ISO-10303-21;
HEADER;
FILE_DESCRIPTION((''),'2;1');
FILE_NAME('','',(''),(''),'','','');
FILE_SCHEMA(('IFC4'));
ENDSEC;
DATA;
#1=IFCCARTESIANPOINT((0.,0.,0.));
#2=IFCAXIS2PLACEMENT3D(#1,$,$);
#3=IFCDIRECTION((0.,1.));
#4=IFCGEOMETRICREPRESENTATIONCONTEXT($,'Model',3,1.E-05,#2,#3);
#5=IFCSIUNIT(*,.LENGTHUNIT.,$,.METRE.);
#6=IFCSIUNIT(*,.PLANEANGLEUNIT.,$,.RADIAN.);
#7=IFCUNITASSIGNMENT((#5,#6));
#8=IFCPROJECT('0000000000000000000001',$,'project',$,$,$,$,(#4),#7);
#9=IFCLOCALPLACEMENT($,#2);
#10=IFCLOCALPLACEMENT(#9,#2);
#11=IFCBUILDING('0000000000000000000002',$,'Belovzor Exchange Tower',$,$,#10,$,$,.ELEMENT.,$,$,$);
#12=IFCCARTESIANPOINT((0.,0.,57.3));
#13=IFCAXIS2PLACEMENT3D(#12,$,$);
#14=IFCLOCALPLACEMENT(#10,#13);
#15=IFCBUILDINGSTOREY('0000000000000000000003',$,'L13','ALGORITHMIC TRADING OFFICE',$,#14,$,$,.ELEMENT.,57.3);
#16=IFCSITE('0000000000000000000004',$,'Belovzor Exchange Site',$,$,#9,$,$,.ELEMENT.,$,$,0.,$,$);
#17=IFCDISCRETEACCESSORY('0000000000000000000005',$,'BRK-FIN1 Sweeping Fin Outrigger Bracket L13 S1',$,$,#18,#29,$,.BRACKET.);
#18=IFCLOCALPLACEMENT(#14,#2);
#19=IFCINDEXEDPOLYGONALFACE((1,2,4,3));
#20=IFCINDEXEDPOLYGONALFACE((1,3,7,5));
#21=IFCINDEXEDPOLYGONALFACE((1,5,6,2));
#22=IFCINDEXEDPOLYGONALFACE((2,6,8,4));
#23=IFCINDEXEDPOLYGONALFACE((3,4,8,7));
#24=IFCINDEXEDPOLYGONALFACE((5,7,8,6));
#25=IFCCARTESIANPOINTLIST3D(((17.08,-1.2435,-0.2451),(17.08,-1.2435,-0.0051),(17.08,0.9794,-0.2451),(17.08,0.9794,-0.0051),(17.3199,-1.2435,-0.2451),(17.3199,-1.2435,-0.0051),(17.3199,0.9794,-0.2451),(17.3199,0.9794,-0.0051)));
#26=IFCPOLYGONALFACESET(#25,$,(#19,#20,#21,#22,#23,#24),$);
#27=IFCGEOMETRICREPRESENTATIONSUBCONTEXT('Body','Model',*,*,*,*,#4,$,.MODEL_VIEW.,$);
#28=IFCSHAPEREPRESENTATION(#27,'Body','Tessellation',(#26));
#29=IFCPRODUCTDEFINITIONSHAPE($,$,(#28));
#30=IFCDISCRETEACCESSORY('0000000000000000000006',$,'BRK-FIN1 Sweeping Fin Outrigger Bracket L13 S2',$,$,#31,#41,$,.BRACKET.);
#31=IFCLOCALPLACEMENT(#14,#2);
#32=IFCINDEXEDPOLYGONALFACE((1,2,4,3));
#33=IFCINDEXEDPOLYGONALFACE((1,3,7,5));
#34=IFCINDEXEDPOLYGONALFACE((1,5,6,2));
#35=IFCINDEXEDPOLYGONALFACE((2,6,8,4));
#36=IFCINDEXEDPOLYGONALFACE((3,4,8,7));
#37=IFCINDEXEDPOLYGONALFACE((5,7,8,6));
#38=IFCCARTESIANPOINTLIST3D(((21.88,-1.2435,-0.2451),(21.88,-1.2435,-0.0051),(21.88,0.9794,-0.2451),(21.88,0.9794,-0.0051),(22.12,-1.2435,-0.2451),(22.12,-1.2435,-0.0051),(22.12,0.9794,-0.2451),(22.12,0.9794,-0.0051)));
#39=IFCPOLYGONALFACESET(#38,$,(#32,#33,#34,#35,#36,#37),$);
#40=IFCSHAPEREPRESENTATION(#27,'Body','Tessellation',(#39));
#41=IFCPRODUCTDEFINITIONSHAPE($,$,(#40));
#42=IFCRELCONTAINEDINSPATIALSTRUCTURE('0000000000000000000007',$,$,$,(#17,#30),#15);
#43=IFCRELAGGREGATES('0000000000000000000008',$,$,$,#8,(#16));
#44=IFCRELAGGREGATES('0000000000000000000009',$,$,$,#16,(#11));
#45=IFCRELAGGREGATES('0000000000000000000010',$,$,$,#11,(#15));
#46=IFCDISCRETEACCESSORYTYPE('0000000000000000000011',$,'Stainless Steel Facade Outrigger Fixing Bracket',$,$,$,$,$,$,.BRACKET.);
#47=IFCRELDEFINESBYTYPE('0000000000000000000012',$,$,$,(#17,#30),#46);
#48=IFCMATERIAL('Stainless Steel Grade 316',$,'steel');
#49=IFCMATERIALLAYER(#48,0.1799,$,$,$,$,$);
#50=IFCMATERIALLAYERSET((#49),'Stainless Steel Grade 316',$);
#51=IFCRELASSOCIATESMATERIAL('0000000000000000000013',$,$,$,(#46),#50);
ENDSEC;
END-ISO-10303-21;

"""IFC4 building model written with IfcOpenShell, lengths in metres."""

from ifc_helpers import new_model, si_unit, direction, frame, origin, origin_2d, place, context, subcontext, project, spatial, rectangle, extrude, material, layer, layer_set, type_object, element, save


model = new_model("IFC4")

# Units and contexts
model_context = context("Model", 3, precision=1e-05, world=origin(), true_north=direction((0.0, 1.0)))
body_context = subcontext(model_context, "Body", "Model", "MODEL_VIEW")
ifc_project = project(units=[si_unit("LENGTHUNIT", "METRE"), si_unit("PLANEANGLEUNIT", "RADIAN")], contexts=[model_context])

# Site, building, storey
site_placement = place(None, origin())
site = spatial("IfcSite", under=ifc_project, at=site_placement, Name="Belovzor Exchange Site", CompositionType="ELEMENT", RefElevation=0.0)
building_placement = place(site_placement, origin())
building = spatial("IfcBuilding", under=site, at=building_placement, Name="Belovzor Exchange Tower", CompositionType="ELEMENT")
storey_placement = place(building_placement, frame((0.0, 0.0, 57.3)))
storey = spatial("IfcBuildingStorey", under=building, at=storey_placement, Name="L13", Description="ALGORITHMIC TRADING OFFICE", CompositionType="ELEMENT", Elevation=57.3)

# Discrete accessories
ifc_material_1 = material(Name="Stainless Steel Grade 316", Category="steel")
ifc_layer_1 = layer(ifc_material_1, 0.1799)
ifc_layer_set_1 = layer_set([ifc_layer_1], Name="Stainless Steel Grade 316")
discrete_accessory_type = type_object("IfcDiscreteAccessoryType", Name="Stainless Steel Facade Outrigger Fixing Bracket", PredefinedType="BRACKET", material=ifc_layer_set_1)
for number, where, z_axis, x_axis, name in (
    (1, (17.2, -0.1321, -0.2451), (0.0, 0.0, 1.0), (0.0, 1.0, 0.0), "BRK-FIN1 Sweeping Fin Outrigger Bracket L13 S1"),
    (2, (22.0, -0.1321, -0.2451), (0.0, 0.0, 1.0), (0.0, 1.0, 0.0), "BRK-FIN1 Sweeping Fin Outrigger Bracket L13 S2"),
):
    element("IfcDiscreteAccessory", number, at=place(storey_placement, frame(where, z_axis=z_axis, x_axis=x_axis)), inside=storey, type_object=discrete_accessory_type, Name=name, PredefinedType="BRACKET", context=body_context, shape_type="SweptSolid", body=[
        extrude(rectangle(XDim=2.2229, YDim=0.24, at=origin_2d()), origin(), (0.0, 0.0, 1.0), 0.24),
    ])

save(model, "model.ifc")
